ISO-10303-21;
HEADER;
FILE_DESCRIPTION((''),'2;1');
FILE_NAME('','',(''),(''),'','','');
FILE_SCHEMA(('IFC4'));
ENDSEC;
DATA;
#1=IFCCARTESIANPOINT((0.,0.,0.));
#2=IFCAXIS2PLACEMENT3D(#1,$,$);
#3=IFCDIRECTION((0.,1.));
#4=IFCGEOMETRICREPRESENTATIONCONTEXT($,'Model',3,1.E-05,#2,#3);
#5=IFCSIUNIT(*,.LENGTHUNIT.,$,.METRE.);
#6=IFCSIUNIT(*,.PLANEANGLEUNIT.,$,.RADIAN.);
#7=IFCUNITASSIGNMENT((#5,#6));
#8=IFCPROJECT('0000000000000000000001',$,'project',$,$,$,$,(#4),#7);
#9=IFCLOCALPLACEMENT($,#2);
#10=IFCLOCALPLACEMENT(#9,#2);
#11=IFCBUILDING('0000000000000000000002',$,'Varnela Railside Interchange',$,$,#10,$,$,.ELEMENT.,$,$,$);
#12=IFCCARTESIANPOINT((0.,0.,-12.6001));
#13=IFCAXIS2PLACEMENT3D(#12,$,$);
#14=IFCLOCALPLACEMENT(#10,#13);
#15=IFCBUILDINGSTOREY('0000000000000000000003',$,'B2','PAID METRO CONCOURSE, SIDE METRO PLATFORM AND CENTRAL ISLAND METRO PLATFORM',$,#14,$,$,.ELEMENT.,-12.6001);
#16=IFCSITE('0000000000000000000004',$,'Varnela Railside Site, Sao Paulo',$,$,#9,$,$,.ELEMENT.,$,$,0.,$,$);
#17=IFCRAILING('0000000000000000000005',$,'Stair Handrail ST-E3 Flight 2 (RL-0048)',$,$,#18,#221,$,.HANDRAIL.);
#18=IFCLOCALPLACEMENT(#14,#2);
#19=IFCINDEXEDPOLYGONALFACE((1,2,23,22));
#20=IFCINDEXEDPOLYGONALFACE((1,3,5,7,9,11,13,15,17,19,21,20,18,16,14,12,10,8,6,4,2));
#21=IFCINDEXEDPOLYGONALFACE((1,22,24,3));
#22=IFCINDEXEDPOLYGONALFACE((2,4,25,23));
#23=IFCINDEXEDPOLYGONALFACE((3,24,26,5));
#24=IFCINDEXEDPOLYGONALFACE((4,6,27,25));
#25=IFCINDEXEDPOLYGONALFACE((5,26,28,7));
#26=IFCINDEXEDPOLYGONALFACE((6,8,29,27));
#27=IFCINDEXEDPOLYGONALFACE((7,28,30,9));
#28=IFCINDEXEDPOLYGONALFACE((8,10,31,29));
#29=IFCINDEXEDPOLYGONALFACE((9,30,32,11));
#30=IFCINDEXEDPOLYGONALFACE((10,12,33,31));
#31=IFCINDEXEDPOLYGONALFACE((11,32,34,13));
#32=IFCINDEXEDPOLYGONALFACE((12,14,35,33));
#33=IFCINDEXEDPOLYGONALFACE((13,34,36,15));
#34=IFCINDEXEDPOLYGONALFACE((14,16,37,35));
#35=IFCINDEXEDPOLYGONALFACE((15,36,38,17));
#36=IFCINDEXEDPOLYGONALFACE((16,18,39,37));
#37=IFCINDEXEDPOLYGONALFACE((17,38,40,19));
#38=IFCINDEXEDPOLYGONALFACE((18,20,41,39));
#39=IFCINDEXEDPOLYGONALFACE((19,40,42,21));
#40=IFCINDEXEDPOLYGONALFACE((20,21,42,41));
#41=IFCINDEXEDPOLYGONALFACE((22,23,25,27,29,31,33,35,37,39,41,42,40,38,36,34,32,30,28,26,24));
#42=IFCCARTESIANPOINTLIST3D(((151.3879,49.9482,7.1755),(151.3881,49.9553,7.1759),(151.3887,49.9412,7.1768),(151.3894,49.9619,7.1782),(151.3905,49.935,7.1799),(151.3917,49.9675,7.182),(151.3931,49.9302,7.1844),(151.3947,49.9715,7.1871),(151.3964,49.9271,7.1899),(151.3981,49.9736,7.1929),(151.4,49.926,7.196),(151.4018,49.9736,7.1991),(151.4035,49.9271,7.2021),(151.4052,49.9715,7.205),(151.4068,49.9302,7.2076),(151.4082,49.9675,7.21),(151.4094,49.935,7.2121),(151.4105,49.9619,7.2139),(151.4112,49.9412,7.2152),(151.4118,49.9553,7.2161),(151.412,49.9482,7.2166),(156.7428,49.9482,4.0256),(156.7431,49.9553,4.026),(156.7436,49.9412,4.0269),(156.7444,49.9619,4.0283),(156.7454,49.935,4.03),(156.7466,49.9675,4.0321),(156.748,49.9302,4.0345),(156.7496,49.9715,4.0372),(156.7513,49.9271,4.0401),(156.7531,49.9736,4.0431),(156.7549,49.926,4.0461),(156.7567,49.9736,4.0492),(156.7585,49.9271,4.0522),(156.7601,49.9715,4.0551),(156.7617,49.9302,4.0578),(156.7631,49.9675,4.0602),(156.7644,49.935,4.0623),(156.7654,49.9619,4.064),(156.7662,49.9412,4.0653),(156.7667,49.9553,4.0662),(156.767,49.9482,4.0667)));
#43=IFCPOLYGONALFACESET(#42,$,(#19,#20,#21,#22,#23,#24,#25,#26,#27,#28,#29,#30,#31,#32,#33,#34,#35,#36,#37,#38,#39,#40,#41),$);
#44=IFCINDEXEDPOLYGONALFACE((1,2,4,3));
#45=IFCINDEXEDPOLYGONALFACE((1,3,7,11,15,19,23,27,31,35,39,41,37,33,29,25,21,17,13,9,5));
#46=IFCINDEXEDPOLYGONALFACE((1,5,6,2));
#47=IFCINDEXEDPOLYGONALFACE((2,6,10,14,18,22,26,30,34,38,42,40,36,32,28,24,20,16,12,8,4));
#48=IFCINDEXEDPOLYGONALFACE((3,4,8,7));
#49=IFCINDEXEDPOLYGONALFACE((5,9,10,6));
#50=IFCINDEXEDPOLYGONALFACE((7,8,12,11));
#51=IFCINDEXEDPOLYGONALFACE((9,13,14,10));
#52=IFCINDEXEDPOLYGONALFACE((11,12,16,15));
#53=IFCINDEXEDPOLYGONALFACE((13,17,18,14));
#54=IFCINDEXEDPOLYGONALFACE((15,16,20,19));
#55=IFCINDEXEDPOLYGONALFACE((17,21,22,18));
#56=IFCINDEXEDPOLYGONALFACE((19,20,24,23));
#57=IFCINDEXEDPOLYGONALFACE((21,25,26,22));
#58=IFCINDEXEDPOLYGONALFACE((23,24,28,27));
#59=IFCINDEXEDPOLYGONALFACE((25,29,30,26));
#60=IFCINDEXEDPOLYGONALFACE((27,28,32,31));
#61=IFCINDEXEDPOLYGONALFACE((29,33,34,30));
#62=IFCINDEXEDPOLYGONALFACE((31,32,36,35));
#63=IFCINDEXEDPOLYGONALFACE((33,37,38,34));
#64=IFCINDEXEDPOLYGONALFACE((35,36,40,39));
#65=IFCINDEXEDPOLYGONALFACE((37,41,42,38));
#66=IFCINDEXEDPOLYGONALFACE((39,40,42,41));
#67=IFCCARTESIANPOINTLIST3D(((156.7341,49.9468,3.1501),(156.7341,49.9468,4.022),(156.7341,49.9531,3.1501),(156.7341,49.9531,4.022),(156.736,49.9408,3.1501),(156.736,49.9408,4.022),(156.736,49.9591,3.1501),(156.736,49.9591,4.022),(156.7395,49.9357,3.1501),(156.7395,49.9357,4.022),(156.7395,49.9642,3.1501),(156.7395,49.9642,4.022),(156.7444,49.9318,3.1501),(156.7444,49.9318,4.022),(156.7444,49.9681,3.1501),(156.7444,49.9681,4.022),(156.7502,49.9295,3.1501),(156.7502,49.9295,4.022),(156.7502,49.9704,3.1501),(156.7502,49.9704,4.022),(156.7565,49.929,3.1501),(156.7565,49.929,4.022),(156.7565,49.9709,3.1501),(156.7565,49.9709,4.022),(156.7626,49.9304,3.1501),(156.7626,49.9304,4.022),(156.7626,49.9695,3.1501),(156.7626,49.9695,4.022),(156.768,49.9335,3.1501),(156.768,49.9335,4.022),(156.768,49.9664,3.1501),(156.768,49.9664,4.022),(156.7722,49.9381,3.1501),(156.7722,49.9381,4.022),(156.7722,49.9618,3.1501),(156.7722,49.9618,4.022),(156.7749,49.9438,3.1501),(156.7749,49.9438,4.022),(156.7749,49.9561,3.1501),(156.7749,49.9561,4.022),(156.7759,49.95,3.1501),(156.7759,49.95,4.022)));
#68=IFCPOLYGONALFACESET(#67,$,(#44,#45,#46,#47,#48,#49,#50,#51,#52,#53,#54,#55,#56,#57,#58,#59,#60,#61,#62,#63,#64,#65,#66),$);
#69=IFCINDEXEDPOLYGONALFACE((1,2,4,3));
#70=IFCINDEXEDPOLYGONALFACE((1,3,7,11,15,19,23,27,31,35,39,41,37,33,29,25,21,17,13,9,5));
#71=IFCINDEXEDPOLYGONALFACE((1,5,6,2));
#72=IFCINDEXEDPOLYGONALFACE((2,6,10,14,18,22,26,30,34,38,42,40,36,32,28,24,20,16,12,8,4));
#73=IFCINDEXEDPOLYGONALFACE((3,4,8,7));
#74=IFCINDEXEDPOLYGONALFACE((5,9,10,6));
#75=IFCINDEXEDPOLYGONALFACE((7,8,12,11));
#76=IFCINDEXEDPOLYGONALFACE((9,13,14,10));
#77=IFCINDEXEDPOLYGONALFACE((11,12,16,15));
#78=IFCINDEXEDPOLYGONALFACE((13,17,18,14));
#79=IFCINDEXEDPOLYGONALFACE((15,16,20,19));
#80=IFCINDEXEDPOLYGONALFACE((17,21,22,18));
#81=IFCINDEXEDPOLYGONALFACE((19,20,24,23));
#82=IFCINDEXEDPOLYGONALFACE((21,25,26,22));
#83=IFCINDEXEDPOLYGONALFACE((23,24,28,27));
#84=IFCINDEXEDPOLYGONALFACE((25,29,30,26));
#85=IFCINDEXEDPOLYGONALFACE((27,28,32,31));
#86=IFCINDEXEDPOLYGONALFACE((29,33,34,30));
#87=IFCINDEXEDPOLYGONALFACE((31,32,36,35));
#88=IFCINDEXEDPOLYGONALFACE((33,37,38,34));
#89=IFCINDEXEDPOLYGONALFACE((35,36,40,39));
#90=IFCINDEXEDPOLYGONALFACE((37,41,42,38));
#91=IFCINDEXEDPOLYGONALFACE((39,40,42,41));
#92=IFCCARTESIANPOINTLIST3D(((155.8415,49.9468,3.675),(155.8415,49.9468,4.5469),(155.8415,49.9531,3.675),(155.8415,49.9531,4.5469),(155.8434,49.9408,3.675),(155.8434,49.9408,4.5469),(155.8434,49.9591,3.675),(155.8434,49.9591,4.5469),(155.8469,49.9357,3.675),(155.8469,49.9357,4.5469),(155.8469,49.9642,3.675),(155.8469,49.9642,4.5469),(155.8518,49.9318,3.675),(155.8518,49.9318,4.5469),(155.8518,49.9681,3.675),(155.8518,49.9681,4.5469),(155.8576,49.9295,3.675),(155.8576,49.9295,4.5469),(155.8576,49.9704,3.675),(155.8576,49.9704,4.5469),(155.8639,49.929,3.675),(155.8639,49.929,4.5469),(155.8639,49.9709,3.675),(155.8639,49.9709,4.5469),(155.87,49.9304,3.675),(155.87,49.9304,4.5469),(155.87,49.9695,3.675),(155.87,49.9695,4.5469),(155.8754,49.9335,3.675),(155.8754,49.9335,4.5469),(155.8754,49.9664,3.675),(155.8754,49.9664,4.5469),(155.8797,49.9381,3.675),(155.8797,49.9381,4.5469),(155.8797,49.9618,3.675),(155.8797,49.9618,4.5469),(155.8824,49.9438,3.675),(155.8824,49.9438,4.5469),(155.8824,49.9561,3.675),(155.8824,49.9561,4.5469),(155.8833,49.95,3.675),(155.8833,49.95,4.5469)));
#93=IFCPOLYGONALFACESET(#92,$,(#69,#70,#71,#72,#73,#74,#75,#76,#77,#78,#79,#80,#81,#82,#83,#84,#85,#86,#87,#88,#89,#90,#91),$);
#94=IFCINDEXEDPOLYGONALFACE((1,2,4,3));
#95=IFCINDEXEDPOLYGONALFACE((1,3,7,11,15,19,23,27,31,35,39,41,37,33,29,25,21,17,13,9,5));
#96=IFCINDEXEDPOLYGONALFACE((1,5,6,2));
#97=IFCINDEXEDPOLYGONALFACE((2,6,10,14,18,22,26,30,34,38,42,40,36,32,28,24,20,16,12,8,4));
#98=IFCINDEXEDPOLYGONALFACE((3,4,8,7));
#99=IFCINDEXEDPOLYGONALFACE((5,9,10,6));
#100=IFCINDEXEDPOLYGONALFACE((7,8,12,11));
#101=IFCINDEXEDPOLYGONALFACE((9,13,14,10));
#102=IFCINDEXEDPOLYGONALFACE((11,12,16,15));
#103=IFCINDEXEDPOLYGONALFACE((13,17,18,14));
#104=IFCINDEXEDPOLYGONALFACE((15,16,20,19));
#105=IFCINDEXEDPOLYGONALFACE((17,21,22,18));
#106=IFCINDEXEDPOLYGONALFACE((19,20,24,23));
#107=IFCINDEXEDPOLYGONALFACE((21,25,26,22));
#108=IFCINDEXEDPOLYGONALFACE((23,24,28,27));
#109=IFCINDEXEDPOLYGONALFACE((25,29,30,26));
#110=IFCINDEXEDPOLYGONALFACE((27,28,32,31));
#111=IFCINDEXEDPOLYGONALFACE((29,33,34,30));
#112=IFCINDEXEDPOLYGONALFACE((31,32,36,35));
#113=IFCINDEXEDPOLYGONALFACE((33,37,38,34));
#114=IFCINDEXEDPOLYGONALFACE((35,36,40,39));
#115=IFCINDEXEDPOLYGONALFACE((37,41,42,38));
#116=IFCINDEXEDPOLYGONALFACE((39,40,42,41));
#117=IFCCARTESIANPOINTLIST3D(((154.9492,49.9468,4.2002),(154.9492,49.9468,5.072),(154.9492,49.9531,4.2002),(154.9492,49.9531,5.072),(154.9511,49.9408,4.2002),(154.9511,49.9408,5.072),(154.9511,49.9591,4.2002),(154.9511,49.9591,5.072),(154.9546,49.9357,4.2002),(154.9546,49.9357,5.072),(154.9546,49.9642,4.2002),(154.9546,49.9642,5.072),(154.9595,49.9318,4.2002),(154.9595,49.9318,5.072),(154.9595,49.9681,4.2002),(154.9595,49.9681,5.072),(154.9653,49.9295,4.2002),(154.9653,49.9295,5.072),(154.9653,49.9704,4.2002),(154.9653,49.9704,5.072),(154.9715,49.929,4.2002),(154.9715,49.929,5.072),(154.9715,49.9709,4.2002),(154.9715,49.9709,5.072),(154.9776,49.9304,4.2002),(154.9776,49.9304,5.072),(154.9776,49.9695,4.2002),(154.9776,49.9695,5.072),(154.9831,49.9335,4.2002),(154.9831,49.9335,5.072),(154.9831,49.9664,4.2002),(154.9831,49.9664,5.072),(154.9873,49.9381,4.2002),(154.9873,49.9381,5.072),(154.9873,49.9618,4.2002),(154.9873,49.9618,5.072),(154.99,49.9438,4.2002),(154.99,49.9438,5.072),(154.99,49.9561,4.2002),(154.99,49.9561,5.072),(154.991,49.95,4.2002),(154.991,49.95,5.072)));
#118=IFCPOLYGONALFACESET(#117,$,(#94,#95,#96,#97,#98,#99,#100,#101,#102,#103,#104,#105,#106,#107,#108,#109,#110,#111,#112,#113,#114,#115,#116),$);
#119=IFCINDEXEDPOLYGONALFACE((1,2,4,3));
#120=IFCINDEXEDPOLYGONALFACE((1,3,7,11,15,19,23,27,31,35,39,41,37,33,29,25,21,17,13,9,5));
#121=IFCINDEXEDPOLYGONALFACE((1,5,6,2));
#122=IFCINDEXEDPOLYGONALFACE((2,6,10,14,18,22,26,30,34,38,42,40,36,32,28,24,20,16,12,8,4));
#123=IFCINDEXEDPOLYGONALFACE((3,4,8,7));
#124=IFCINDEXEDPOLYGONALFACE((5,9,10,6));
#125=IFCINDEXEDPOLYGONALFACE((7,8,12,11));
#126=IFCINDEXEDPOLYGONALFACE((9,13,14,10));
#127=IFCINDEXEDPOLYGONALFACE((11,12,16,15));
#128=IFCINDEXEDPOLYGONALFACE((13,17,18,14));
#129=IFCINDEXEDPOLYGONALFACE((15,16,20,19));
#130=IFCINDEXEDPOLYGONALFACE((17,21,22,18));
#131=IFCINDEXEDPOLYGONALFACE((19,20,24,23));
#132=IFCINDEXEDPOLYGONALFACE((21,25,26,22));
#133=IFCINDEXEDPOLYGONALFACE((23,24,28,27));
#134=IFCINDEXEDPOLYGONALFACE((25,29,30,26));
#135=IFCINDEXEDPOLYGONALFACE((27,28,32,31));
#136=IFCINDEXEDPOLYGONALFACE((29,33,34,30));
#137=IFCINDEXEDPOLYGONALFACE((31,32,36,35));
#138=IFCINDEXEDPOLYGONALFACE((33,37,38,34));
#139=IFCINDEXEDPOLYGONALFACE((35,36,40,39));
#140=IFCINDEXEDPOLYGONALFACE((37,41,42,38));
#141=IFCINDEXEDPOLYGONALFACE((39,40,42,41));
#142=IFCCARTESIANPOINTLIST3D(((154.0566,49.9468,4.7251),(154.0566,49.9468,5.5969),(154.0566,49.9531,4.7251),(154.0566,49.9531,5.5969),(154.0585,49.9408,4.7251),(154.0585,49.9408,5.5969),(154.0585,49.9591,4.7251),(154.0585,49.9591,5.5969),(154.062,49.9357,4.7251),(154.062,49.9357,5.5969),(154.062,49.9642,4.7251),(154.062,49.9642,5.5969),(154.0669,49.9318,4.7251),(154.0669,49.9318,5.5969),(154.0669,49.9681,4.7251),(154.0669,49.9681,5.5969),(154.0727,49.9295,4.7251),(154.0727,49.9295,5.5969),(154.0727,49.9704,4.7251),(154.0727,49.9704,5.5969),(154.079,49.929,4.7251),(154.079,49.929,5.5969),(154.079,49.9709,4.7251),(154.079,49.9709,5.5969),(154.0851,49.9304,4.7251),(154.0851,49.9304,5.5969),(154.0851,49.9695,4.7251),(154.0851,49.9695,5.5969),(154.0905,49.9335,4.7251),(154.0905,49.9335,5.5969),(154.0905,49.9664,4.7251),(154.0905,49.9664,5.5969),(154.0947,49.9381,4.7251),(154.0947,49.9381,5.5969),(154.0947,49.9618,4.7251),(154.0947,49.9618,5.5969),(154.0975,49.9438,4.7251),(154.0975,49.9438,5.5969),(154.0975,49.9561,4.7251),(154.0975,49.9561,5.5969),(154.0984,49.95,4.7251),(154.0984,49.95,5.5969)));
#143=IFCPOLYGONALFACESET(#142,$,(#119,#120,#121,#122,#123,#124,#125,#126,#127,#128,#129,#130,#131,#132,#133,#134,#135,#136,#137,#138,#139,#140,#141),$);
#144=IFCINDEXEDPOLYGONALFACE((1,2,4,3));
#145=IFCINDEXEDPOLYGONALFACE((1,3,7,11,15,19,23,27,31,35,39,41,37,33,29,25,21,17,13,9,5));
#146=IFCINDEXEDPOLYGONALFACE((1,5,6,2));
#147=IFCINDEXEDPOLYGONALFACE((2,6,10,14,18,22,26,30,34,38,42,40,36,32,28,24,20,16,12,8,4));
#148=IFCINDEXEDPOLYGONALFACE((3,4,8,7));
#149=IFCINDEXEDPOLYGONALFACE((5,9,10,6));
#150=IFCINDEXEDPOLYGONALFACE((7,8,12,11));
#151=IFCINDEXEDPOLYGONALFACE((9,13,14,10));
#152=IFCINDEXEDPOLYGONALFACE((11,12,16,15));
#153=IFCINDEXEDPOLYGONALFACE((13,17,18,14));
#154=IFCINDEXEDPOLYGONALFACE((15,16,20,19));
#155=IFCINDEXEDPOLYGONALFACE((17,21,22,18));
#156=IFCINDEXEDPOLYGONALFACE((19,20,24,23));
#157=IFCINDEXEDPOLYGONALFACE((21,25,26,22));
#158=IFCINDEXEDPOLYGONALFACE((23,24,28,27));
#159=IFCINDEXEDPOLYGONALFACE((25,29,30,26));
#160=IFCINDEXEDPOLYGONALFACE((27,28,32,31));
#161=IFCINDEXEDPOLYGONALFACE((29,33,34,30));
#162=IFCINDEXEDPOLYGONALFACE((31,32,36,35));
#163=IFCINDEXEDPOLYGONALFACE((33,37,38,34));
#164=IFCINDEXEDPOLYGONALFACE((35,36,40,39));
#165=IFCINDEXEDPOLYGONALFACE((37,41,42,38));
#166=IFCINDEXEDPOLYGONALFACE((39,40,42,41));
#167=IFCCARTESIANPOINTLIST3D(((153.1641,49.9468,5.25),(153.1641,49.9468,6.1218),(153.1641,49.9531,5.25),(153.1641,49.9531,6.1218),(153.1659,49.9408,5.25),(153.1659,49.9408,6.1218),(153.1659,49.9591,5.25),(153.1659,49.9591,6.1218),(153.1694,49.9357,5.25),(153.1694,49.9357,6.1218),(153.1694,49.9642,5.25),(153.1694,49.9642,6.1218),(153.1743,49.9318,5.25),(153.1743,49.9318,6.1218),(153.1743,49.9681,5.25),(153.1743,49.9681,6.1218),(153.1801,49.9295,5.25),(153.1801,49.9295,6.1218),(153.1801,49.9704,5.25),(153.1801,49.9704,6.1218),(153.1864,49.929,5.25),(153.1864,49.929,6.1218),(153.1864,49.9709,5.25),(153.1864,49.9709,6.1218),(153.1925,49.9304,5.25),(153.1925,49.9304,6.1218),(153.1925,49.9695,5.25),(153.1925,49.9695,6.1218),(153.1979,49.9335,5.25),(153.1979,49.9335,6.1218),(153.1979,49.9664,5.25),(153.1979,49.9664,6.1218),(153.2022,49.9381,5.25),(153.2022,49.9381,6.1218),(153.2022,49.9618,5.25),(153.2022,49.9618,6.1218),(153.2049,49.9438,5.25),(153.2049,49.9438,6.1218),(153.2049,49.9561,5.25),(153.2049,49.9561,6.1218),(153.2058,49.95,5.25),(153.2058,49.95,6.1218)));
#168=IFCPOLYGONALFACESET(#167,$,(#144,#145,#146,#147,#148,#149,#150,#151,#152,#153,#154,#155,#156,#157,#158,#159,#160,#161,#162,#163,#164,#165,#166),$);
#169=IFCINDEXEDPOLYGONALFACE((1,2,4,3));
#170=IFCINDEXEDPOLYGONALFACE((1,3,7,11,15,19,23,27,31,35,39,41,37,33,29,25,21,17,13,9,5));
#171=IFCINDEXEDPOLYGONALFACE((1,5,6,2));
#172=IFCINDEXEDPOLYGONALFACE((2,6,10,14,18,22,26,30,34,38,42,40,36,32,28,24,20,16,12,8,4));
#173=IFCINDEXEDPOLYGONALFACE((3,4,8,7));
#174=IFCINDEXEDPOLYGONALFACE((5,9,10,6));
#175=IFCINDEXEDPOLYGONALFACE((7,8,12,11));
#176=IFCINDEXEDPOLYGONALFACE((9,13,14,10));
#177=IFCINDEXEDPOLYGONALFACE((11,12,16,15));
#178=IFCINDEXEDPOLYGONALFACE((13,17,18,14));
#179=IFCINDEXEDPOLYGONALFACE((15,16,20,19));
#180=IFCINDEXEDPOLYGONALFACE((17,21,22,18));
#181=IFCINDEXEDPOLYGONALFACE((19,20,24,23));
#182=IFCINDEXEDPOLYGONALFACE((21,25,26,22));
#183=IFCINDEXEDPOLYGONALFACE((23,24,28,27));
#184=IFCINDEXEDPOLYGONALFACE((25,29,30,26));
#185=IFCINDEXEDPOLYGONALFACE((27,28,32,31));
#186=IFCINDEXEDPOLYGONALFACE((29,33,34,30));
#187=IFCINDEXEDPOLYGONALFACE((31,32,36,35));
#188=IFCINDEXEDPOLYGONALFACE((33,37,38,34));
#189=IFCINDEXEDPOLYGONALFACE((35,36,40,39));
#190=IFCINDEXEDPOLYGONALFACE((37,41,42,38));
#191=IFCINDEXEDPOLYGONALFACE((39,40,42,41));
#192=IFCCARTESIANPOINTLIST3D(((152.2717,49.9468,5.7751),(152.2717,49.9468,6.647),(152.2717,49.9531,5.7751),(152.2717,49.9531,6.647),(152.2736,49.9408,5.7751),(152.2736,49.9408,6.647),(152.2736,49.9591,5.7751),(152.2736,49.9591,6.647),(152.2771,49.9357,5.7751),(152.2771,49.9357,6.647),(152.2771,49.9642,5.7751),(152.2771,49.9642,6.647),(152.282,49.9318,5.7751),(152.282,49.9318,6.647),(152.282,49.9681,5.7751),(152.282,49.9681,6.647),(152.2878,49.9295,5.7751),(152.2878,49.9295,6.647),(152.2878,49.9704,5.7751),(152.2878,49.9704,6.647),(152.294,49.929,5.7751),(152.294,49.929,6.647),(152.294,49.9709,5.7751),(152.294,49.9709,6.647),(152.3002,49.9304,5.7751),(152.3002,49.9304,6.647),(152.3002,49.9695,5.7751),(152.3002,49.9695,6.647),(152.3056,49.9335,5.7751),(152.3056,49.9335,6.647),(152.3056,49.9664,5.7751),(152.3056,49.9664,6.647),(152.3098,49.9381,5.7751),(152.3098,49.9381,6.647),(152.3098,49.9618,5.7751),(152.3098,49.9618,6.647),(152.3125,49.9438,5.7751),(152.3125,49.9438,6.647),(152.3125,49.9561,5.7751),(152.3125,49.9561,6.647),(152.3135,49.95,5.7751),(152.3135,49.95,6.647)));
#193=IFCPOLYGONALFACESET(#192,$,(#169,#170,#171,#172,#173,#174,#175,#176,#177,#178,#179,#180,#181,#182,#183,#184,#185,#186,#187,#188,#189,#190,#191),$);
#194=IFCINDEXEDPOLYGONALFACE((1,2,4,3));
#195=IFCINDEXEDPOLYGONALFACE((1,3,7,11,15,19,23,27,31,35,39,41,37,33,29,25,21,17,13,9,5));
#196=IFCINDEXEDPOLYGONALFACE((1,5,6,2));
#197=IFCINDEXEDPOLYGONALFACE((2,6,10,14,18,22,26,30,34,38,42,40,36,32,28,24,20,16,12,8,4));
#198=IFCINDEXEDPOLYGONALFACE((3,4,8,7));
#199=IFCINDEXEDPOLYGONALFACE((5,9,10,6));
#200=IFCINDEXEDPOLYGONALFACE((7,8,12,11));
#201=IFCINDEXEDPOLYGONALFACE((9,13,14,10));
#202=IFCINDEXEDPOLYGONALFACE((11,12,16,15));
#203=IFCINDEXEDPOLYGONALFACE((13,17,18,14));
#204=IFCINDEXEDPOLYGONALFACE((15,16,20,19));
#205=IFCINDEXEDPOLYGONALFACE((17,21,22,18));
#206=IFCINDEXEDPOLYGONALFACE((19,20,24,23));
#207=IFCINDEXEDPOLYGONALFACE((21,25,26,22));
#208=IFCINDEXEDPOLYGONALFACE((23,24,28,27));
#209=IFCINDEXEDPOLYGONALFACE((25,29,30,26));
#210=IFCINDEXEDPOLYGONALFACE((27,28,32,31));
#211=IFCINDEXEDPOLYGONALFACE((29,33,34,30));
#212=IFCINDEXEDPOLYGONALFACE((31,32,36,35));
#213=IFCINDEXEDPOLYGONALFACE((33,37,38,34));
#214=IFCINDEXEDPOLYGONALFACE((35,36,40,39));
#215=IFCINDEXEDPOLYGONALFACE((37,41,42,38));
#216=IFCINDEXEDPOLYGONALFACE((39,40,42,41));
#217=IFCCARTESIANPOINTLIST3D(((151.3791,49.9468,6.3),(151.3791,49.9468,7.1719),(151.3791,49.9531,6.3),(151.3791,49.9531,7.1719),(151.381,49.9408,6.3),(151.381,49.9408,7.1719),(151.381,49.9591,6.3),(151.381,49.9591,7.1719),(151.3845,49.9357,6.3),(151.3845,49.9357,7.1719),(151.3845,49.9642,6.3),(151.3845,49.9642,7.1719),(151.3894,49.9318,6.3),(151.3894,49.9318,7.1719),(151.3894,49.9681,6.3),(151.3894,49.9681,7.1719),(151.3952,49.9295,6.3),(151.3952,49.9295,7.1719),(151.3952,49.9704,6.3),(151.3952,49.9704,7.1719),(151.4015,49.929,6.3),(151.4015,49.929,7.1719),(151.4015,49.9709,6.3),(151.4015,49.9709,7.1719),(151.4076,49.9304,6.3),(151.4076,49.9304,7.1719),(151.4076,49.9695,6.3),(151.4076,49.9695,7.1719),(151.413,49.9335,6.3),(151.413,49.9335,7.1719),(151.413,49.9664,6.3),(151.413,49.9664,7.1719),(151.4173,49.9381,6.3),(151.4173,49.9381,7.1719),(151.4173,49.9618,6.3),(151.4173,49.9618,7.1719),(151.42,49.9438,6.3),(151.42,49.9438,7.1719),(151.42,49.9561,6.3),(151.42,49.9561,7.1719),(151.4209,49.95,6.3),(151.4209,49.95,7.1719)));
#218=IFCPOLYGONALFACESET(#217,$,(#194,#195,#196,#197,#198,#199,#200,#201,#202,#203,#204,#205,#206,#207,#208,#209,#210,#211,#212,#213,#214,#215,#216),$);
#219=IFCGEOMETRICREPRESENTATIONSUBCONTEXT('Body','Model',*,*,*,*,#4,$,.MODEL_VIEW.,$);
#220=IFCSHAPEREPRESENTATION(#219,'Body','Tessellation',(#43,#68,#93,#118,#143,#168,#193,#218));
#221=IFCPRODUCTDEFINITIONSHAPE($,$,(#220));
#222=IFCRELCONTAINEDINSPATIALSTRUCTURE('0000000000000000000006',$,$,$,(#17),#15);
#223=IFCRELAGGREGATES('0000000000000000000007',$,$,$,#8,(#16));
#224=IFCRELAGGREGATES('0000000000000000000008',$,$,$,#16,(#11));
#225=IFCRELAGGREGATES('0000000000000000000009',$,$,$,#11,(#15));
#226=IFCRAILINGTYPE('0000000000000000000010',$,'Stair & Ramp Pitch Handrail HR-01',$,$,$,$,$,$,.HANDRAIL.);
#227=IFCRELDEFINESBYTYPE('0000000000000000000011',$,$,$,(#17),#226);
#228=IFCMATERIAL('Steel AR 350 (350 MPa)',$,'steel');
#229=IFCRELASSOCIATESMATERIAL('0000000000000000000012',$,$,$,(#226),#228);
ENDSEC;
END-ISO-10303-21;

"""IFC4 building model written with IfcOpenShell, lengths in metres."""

from ifc_helpers import new_model, si_unit, direction, frame, origin, origin_2d, place, context, subcontext, project, spatial, circle, extrude, material, type_object, element, save


model = new_model("IFC4")

# Units and contexts
model_context = context("Model", 3, precision=1e-05, world=origin(), true_north=direction((0.0, 1.0)))
body_context = subcontext(model_context, "Body", "Model", "MODEL_VIEW")
ifc_project = project(units=[si_unit("LENGTHUNIT", "METRE"), si_unit("PLANEANGLEUNIT", "RADIAN")], contexts=[model_context])

# Site, building, storey
site_placement = place(None, origin())
site = spatial("IfcSite", under=ifc_project, at=site_placement, Name="Varnela Railside Site, Sao Paulo", CompositionType="ELEMENT", RefElevation=0.0)
building_placement = place(site_placement, origin())
building = spatial("IfcBuilding", under=site, at=building_placement, Name="Varnela Railside Interchange", CompositionType="ELEMENT")
storey_placement = place(building_placement, frame((0.0, 0.0, -12.6001)))
storey = spatial("IfcBuildingStorey", under=building, at=storey_placement, Name="B2", Description="PAID METRO CONCOURSE, SIDE METRO PLATFORM AND CENTRAL ISLAND METRO PLATFORM", CompositionType="ELEMENT", Elevation=-12.6001)

# Railing
ifc_material_1 = material(Name="Steel AR 350 (350 MPa)", Category="steel")
railing_type_1 = type_object("IfcRailingType", Name="Stair & Ramp Pitch Handrail HR-01", PredefinedType="HANDRAIL", material=ifc_material_1)
railing_1_placement = place(storey_placement, frame((156.7549, 49.95, 3.1501)))
element("IfcRailing", 1, at=railing_1_placement, inside=storey, type_object=railing_type_1, Name="Stair Handrail ST-E3 Flight 2 (RL-0048)", PredefinedType="HANDRAIL", context=body_context, shape_type="SweptSolid", body=[
    extrude(circle(Radius=0.0239, at=origin_2d()), frame((0.0, 0.0, 0.896), z_axis=(-0.86194, 0.0, 0.50701), x_axis=(0.0, -1.0, 0.0)), (0.0, 0.0, 1.0), 6.2126),
    extrude(circle(Radius=0.021, at=origin_2d()), origin(), (0.0, 0.0, 1.0), 0.8718),
    extrude(circle(Radius=0.021, at=origin_2d()), frame((-0.8926, 0.0, 0.5249)), (0.0, 0.0, 1.0), 0.8718),
    extrude(circle(Radius=0.021, at=origin_2d()), frame((-1.7849, 0.0, 1.05)), (0.0, 0.0, 1.0), 0.8718),
    extrude(circle(Radius=0.021, at=origin_2d()), frame((-2.6775, 0.0, 1.575)), (0.0, 0.0, 1.0), 0.8718),
    extrude(circle(Radius=0.021, at=origin_2d()), frame((-3.5701, 0.0, 2.0999)), (0.0, 0.0, 1.0), 0.8718),
    extrude(circle(Radius=0.021, at=origin_2d()), frame((-4.4624, 0.0, 2.625)), (0.0, 0.0, 1.0), 0.8718),
    extrude(circle(Radius=0.021, at=origin_2d()), frame((-5.355, 0.0, 3.1499)), (0.0, 0.0, 1.0), 0.8718),
])

save(model, "model.ifc")
